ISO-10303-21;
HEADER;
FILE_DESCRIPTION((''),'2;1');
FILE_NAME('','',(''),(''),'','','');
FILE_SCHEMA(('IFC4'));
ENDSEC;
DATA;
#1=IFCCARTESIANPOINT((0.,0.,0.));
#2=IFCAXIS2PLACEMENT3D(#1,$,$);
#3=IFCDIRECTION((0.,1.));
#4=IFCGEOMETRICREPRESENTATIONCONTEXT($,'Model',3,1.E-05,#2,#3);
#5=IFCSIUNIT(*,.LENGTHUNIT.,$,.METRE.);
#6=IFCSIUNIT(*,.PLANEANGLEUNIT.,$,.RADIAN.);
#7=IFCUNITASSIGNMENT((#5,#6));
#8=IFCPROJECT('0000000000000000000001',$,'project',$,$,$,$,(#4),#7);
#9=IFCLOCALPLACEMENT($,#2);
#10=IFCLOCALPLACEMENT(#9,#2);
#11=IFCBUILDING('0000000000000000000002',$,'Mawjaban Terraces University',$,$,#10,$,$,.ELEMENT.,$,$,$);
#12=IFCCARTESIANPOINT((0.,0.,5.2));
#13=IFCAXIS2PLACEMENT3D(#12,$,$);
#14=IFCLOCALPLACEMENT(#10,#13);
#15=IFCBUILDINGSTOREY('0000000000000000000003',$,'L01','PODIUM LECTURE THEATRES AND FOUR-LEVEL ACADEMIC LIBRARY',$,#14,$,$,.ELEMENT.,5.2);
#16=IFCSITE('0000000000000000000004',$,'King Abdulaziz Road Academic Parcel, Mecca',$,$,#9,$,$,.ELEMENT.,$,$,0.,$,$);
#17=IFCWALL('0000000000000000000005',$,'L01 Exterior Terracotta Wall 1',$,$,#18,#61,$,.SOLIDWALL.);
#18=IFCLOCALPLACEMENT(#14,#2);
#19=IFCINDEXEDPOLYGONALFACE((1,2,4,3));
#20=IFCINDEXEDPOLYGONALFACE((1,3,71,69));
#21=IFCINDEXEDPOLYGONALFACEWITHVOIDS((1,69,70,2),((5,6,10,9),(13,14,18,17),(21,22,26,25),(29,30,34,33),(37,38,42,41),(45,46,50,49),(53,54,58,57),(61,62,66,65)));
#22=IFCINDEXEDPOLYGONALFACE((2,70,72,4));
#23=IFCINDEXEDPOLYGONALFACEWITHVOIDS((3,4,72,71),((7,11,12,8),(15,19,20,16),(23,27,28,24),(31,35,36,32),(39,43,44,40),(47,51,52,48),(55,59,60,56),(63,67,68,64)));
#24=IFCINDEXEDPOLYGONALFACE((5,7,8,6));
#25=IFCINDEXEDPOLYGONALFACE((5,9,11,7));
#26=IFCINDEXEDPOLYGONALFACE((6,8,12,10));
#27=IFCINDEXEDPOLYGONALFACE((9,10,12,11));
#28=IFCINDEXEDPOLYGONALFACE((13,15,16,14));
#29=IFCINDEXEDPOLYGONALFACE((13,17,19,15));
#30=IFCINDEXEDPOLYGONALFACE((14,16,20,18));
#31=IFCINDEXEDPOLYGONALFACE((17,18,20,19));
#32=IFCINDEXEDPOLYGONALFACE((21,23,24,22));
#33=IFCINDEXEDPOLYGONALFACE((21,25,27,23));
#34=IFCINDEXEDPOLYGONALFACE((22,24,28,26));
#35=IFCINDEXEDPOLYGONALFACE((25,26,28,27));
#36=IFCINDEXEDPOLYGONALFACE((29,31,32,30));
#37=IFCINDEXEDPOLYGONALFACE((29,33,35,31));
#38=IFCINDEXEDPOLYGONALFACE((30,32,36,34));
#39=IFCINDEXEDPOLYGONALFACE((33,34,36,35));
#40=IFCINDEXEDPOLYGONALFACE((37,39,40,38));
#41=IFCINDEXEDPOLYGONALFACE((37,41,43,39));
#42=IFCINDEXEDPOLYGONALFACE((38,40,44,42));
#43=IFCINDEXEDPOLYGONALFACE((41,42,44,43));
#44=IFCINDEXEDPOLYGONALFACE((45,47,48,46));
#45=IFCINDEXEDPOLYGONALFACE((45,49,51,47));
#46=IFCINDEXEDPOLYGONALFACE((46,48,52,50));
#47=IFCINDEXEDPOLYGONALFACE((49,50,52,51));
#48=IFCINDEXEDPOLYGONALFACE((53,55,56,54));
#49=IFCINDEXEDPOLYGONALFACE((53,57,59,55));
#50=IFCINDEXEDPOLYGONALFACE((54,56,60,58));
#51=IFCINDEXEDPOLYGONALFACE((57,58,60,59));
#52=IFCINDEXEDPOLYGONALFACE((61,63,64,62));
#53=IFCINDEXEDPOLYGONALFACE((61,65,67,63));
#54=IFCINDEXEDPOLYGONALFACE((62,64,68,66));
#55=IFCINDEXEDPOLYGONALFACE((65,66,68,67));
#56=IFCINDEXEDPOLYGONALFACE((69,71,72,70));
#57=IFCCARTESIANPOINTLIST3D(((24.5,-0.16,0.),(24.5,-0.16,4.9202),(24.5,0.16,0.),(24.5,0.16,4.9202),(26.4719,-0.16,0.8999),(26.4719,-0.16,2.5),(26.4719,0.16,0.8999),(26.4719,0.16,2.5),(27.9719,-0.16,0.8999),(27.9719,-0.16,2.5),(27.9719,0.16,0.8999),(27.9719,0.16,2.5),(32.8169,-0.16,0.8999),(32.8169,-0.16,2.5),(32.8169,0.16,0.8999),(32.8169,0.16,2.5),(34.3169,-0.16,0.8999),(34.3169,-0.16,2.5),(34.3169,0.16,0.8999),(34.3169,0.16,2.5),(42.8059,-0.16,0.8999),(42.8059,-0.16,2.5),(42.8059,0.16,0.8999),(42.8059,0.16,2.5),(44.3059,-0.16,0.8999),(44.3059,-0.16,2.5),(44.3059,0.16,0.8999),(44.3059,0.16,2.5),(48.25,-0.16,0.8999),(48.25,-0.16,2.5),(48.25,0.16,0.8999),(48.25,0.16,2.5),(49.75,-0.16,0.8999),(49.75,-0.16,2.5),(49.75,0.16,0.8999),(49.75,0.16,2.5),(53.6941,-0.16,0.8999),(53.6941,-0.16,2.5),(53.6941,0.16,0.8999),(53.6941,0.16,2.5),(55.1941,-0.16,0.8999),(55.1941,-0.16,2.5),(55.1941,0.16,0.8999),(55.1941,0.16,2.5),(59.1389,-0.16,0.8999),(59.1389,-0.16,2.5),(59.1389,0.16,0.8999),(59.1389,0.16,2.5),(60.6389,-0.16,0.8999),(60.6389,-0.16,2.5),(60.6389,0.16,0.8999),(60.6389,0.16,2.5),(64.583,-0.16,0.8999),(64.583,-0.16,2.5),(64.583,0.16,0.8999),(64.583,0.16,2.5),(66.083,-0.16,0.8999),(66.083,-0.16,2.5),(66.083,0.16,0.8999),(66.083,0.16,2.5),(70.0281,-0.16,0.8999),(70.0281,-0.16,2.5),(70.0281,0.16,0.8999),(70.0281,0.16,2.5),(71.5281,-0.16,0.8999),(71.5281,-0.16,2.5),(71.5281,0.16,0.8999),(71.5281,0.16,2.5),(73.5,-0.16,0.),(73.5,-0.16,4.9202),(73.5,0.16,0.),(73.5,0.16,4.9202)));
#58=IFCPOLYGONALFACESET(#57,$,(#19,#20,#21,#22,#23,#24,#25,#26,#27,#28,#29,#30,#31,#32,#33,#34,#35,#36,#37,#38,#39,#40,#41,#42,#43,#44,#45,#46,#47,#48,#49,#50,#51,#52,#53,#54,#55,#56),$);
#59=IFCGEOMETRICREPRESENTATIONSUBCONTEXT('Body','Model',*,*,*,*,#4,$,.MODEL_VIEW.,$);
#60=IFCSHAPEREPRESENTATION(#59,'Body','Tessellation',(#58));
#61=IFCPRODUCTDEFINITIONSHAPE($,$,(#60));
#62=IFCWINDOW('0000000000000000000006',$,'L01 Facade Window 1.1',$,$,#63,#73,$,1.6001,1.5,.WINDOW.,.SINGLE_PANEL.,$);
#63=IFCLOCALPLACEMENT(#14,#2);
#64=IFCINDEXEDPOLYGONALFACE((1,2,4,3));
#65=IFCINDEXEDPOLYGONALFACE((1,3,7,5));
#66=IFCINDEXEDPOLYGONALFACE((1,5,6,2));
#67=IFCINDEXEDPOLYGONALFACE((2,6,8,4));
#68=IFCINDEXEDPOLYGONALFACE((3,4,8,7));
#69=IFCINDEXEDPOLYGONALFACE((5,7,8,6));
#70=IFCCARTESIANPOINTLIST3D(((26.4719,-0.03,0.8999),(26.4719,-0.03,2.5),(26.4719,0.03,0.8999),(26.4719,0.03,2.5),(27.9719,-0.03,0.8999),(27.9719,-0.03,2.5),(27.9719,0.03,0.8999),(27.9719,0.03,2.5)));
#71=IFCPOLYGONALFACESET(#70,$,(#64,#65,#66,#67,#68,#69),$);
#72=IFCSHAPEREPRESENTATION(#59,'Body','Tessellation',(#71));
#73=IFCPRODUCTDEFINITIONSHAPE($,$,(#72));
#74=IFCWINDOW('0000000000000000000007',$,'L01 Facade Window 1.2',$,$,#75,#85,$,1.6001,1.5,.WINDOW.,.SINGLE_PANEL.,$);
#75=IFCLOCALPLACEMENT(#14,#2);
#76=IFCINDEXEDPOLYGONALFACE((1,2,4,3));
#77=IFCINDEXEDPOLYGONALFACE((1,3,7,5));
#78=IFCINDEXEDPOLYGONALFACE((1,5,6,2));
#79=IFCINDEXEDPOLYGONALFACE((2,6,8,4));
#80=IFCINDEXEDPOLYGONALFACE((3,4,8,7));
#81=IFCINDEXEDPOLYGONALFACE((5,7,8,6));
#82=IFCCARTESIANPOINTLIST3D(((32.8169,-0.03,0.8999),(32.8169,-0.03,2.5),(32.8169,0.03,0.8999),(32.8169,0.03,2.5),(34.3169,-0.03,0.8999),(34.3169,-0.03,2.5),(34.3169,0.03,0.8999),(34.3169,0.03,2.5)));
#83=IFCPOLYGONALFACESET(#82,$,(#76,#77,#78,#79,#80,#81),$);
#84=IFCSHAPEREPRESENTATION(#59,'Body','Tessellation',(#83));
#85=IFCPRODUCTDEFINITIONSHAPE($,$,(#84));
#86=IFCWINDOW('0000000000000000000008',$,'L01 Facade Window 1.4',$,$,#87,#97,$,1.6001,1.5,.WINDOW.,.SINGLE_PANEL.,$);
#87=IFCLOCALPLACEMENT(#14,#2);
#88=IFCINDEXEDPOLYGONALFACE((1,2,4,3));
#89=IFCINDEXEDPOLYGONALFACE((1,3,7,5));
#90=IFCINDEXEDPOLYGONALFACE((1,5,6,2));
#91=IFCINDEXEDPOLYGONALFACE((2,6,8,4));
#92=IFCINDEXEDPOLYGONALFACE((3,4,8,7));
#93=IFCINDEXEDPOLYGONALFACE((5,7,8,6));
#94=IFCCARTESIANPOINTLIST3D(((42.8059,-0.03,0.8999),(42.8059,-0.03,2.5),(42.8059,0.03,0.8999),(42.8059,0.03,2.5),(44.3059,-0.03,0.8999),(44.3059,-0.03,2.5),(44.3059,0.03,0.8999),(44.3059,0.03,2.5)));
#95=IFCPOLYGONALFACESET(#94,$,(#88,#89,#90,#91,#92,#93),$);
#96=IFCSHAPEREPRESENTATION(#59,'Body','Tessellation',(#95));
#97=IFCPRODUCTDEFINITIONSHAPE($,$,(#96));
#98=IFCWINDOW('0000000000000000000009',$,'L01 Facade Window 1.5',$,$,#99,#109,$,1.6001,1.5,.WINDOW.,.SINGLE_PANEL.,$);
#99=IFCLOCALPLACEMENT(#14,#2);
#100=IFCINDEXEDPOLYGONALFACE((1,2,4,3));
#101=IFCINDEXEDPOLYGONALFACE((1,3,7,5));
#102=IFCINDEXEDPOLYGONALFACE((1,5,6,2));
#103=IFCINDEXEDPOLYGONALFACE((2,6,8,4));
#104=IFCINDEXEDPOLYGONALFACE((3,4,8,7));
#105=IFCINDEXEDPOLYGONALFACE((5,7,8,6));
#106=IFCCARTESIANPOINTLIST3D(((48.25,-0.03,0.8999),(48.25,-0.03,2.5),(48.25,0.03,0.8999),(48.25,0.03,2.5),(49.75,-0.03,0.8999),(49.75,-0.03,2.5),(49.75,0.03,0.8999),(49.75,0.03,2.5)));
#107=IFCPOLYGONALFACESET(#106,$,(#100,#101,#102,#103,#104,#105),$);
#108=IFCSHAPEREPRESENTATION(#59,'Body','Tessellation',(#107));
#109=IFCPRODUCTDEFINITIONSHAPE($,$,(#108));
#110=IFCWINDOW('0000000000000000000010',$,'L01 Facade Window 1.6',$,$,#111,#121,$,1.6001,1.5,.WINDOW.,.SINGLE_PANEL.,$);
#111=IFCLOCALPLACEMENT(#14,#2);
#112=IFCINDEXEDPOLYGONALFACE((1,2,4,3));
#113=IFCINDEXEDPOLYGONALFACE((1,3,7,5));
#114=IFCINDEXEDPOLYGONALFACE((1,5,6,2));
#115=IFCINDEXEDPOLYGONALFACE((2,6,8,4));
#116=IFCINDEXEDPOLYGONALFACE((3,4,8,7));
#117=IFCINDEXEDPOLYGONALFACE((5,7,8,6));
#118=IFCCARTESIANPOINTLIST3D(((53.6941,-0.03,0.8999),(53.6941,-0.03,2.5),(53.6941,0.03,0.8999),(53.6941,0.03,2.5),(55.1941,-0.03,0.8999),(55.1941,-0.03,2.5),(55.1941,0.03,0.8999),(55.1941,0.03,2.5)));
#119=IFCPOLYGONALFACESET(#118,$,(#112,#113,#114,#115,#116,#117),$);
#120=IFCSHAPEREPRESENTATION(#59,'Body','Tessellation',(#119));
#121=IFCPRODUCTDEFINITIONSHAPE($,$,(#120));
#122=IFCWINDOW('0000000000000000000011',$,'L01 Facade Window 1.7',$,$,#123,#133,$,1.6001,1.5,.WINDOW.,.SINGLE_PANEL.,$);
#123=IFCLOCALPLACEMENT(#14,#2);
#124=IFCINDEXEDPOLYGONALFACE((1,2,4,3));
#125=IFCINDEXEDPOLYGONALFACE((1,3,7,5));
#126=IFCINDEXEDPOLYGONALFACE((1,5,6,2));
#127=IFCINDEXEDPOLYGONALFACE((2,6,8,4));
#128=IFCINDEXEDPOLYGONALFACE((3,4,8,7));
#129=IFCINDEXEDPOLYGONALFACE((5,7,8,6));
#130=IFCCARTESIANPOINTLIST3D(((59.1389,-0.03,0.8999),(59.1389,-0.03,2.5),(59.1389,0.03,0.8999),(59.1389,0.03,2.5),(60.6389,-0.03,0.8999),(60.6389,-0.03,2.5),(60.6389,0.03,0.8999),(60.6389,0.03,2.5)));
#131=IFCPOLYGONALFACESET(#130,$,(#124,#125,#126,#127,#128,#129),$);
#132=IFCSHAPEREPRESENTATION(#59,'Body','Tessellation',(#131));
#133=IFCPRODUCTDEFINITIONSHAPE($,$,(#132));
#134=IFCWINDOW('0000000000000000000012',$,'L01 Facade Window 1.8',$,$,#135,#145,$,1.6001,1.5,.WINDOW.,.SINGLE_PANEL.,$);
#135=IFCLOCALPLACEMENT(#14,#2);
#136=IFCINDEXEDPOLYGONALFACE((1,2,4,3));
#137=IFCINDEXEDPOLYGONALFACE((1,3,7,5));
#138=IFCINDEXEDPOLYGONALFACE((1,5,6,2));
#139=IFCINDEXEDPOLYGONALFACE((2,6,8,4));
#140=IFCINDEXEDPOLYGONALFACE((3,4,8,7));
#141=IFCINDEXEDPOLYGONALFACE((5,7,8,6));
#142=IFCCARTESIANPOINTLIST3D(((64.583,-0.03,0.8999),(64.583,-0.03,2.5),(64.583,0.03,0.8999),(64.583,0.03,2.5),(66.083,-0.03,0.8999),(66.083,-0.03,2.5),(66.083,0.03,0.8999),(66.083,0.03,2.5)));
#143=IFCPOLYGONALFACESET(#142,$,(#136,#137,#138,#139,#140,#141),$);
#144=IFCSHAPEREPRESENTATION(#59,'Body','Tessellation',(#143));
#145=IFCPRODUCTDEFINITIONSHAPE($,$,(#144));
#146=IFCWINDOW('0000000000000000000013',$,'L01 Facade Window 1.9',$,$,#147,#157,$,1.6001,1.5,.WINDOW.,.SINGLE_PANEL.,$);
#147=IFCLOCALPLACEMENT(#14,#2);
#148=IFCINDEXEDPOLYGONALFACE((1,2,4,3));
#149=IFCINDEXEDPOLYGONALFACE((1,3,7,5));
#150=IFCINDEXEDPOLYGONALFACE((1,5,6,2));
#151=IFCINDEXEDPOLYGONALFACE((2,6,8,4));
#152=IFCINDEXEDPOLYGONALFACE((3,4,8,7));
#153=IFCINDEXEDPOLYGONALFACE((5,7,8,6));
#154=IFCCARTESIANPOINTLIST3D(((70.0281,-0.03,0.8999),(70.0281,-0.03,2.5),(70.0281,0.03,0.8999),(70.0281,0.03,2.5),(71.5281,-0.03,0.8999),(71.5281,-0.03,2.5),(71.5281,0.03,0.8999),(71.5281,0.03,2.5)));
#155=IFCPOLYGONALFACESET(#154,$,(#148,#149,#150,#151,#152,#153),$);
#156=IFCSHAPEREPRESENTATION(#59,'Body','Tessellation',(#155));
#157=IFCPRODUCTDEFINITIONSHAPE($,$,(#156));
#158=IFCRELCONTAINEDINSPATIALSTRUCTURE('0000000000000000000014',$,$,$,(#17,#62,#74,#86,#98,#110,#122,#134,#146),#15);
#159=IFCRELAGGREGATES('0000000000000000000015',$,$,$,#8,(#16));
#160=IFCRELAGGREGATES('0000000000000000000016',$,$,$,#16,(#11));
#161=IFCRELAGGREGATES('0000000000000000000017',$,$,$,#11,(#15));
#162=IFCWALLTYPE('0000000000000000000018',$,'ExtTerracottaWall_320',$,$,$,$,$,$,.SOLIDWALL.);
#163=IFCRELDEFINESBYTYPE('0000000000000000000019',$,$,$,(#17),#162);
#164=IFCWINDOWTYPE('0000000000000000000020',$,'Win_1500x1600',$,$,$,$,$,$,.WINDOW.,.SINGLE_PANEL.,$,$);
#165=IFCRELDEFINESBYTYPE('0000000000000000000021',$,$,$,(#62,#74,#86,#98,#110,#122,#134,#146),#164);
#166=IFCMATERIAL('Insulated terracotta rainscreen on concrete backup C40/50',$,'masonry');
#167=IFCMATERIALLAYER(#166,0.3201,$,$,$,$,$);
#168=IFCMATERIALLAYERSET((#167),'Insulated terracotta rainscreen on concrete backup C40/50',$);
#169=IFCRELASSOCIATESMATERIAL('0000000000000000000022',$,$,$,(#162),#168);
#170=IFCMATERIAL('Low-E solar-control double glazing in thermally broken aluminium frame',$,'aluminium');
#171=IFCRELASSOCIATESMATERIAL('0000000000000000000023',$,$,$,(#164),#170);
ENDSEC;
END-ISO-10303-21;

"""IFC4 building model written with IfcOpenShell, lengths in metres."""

from ifc_helpers import new_model, si_unit, direction, frame, frame_2d, origin, place, context, subcontext, project, spatial, rectangle, extrude, material, layer, layer_set, type_object, element, fill, save


model = new_model("IFC4")

# Units and contexts
model_context = context("Model", 3, precision=1e-05, world=origin(), true_north=direction((0.0, 1.0)))
body_context = subcontext(model_context, "Body", "Model", "MODEL_VIEW")
ifc_project = project(units=[si_unit("LENGTHUNIT", "METRE"), si_unit("PLANEANGLEUNIT", "RADIAN")], contexts=[model_context])

# Site, building, storey
site_placement = place(None, origin())
site = spatial("IfcSite", under=ifc_project, at=site_placement, Name="King Abdulaziz Road Academic Parcel, Mecca", CompositionType="ELEMENT", RefElevation=0.0)
building_placement = place(site_placement, origin())
building = spatial("IfcBuilding", under=site, at=building_placement, Name="Mawjaban Terraces University", CompositionType="ELEMENT")
storey_placement = place(building_placement, frame((0.0, 0.0, 5.2)))
storey = spatial("IfcBuildingStorey", under=building, at=storey_placement, Name="L01", Description="PODIUM LECTURE THEATRES AND FOUR-LEVEL ACADEMIC LIBRARY", CompositionType="ELEMENT", Elevation=5.2)

# Wall, openings, windows
ifc_material_1 = material(Name="Insulated terracotta rainscreen on concrete backup C40/50", Category="masonry")
ifc_layer_1 = layer(ifc_material_1, 0.3201)
ifc_layer_set_1 = layer_set([ifc_layer_1], Name="Insulated terracotta rainscreen on concrete backup C40/50")
wall_type_1 = type_object("IfcWallType", Name="ExtTerracottaWall_320", PredefinedType="SOLIDWALL", material=ifc_layer_set_1)
wall_1_placement = place(storey_placement, frame((24.5, 0.0, 0.0), z_axis=(0.0, 0.0, 1.0), x_axis=(1.0, 0.0, 0.0)))
wall_1 = element("IfcWall", 1, at=wall_1_placement, inside=storey, type_object=wall_type_1, Name="L01 Exterior Terracotta Wall 1", PredefinedType="SOLIDWALL", context=body_context, shape_type="SweptSolid", body=[
    extrude(rectangle(XDim=49.0, YDim=0.3201, at=frame_2d((24.5, 0.0))), origin(), (0.0, 0.0, 1.0), 4.9202),
])
opening_1_placement = place(wall_1_placement, frame((1.9719, 0.0, 0.8999)))
opening_1 = element("IfcOpeningElement", 2, at=opening_1_placement, cuts=wall_1, PredefinedType="OPENING", context=body_context, shape_type="SweptSolid", body=[
    extrude(rectangle(XDim=1.5, YDim=1.6001, at=frame_2d((0.75, 0.8))), frame((0.0, 0.1699, 0.0), z_axis=(0.0, -1.0, 0.0), x_axis=(1.0, 0.0, 0.0)), (0.0, 0.0, 1.0), 0.3401),
])
opening_2_placement = place(wall_1_placement, frame((8.3169, 0.0, 0.8999)))
opening_2 = element("IfcOpeningElement", 3, at=opening_2_placement, cuts=wall_1, PredefinedType="OPENING", context=body_context, shape_type="SweptSolid", body=[
    extrude(rectangle(XDim=1.5, YDim=1.6001, at=frame_2d((0.75, 0.8))), frame((0.0, 0.1699, 0.0), z_axis=(0.0, -1.0, 0.0), x_axis=(1.0, 0.0, 0.0)), (0.0, 0.0, 1.0), 0.3401),
])
opening_3_placement = place(wall_1_placement, frame((18.3059, 0.0, 0.8999)))
opening_3 = element("IfcOpeningElement", 4, at=opening_3_placement, cuts=wall_1, PredefinedType="OPENING", context=body_context, shape_type="SweptSolid", body=[
    extrude(rectangle(XDim=1.5, YDim=1.6001, at=frame_2d((0.75, 0.8))), frame((0.0, 0.1699, 0.0), z_axis=(0.0, -1.0, 0.0), x_axis=(1.0, 0.0, 0.0)), (0.0, 0.0, 1.0), 0.3401),
])
opening_4_placement = place(wall_1_placement, frame((23.75, 0.0, 0.8999)))
opening_4 = element("IfcOpeningElement", 5, at=opening_4_placement, cuts=wall_1, PredefinedType="OPENING", context=body_context, shape_type="SweptSolid", body=[
    extrude(rectangle(XDim=1.5, YDim=1.6001, at=frame_2d((0.75, 0.8))), frame((0.0, 0.1699, 0.0), z_axis=(0.0, -1.0, 0.0), x_axis=(1.0, 0.0, 0.0)), (0.0, 0.0, 1.0), 0.3401),
])
opening_5_placement = place(wall_1_placement, frame((29.1941, 0.0, 0.8999)))
opening_5 = element("IfcOpeningElement", 6, at=opening_5_placement, cuts=wall_1, PredefinedType="OPENING", context=body_context, shape_type="SweptSolid", body=[
    extrude(rectangle(XDim=1.5, YDim=1.6001, at=frame_2d((0.75, 0.8))), frame((0.0, 0.1699, 0.0), z_axis=(0.0, -1.0, 0.0), x_axis=(1.0, 0.0, 0.0)), (0.0, 0.0, 1.0), 0.3401),
])
opening_6_placement = place(wall_1_placement, frame((34.6389, 0.0, 0.8999)))
opening_6 = element("IfcOpeningElement", 7, at=opening_6_placement, cuts=wall_1, PredefinedType="OPENING", context=body_context, shape_type="SweptSolid", body=[
    extrude(rectangle(XDim=1.5, YDim=1.6001, at=frame_2d((0.75, 0.8))), frame((0.0, 0.1699, 0.0), z_axis=(0.0, -1.0, 0.0), x_axis=(1.0, 0.0, 0.0)), (0.0, 0.0, 1.0), 0.3401),
])
opening_7_placement = place(wall_1_placement, frame((40.083, 0.0, 0.8999)))
opening_7 = element("IfcOpeningElement", 8, at=opening_7_placement, cuts=wall_1, PredefinedType="OPENING", context=body_context, shape_type="SweptSolid", body=[
    extrude(rectangle(XDim=1.5, YDim=1.6001, at=frame_2d((0.75, 0.8))), frame((0.0, 0.1699, 0.0), z_axis=(0.0, -1.0, 0.0), x_axis=(1.0, 0.0, 0.0)), (0.0, 0.0, 1.0), 0.3401),
])
opening_8_placement = place(wall_1_placement, frame((45.5281, 0.0, 0.8999)))
opening_8 = element("IfcOpeningElement", 9, at=opening_8_placement, cuts=wall_1, PredefinedType="OPENING", context=body_context, shape_type="SweptSolid", body=[
    extrude(rectangle(XDim=1.5, YDim=1.6001, at=frame_2d((0.75, 0.8))), frame((0.0, 0.1699, 0.0), z_axis=(0.0, -1.0, 0.0), x_axis=(1.0, 0.0, 0.0)), (0.0, 0.0, 1.0), 0.3401),
])
ifc_material_2 = material(Name="Low-E solar-control double glazing in thermally broken aluminium frame", Category="aluminium")
window_type = type_object("IfcWindowType", Name="Win_1500x1600", PartitioningType="SINGLE_PANEL", PredefinedType="WINDOW", material=ifc_material_2)
window_1_placement = place(opening_1_placement, origin())
window_1 = element("IfcWindow", 10, at=window_1_placement, inside=storey, type_object=window_type, Name="L01 Facade Window 1.1", OverallHeight=1.6001, OverallWidth=1.5, PartitioningType="SINGLE_PANEL", PredefinedType="WINDOW", context=body_context, shape_type="SweptSolid", body=[
    extrude(rectangle(XDim=1.5, YDim=1.6001, at=frame_2d((0.75, 0.8))), frame((0.0, 0.03, 0.0), z_axis=(0.0, -1.0, 0.0), x_axis=(1.0, 0.0, 0.0)), (0.0, 0.0, 1.0), 0.0601),
])
fill(opening_1, window_1)
window_2_placement = place(opening_2_placement, origin())
window_2 = element("IfcWindow", 11, at=window_2_placement, inside=storey, type_object=window_type, Name="L01 Facade Window 1.2", OverallHeight=1.6001, OverallWidth=1.5, PartitioningType="SINGLE_PANEL", PredefinedType="WINDOW", context=body_context, shape_type="SweptSolid", body=[
    extrude(rectangle(XDim=1.5, YDim=1.6001, at=frame_2d((0.75, 0.8))), frame((0.0, 0.03, 0.0), z_axis=(0.0, -1.0, 0.0), x_axis=(1.0, 0.0, 0.0)), (0.0, 0.0, 1.0), 0.0601),
])
fill(opening_2, window_2)
window_3_placement = place(opening_3_placement, origin())
window_3 = element("IfcWindow", 12, at=window_3_placement, inside=storey, type_object=window_type, Name="L01 Facade Window 1.4", OverallHeight=1.6001, OverallWidth=1.5, PartitioningType="SINGLE_PANEL", PredefinedType="WINDOW", context=body_context, shape_type="SweptSolid", body=[
    extrude(rectangle(XDim=1.5, YDim=1.6001, at=frame_2d((0.75, 0.8))), frame((0.0, 0.03, 0.0), z_axis=(0.0, -1.0, 0.0), x_axis=(1.0, 0.0, 0.0)), (0.0, 0.0, 1.0), 0.0601),
])
fill(opening_3, window_3)
window_4_placement = place(opening_4_placement, origin())
window_4 = element("IfcWindow", 13, at=window_4_placement, inside=storey, type_object=window_type, Name="L01 Facade Window 1.5", OverallHeight=1.6001, OverallWidth=1.5, PartitioningType="SINGLE_PANEL", PredefinedType="WINDOW", context=body_context, shape_type="SweptSolid", body=[
    extrude(rectangle(XDim=1.5, YDim=1.6001, at=frame_2d((0.75, 0.8))), frame((0.0, 0.03, 0.0), z_axis=(0.0, -1.0, 0.0), x_axis=(1.0, 0.0, 0.0)), (0.0, 0.0, 1.0), 0.0601),
])
fill(opening_4, window_4)
window_5_placement = place(opening_5_placement, origin())
window_5 = element("IfcWindow", 14, at=window_5_placement, inside=storey, type_object=window_type, Name="L01 Facade Window 1.6", OverallHeight=1.6001, OverallWidth=1.5, PartitioningType="SINGLE_PANEL", PredefinedType="WINDOW", context=body_context, shape_type="SweptSolid", body=[
    extrude(rectangle(XDim=1.5, YDim=1.6001, at=frame_2d((0.75, 0.8))), frame((0.0, 0.03, 0.0), z_axis=(0.0, -1.0, 0.0), x_axis=(1.0, 0.0, 0.0)), (0.0, 0.0, 1.0), 0.0601),
])
fill(opening_5, window_5)
window_6_placement = place(opening_6_placement, origin())
window_6 = element("IfcWindow", 15, at=window_6_placement, inside=storey, type_object=window_type, Name="L01 Facade Window 1.7", OverallHeight=1.6001, OverallWidth=1.5, PartitioningType="SINGLE_PANEL", PredefinedType="WINDOW", context=body_context, shape_type="SweptSolid", body=[
    extrude(rectangle(XDim=1.5, YDim=1.6001, at=frame_2d((0.75, 0.8))), frame((0.0, 0.03, 0.0), z_axis=(0.0, -1.0, 0.0), x_axis=(1.0, 0.0, 0.0)), (0.0, 0.0, 1.0), 0.0601),
])
fill(opening_6, window_6)
window_7_placement = place(opening_7_placement, origin())
window_7 = element("IfcWindow", 16, at=window_7_placement, inside=storey, type_object=window_type, Name="L01 Facade Window 1.8", OverallHeight=1.6001, OverallWidth=1.5, PartitioningType="SINGLE_PANEL", PredefinedType="WINDOW", context=body_context, shape_type="SweptSolid", body=[
    extrude(rectangle(XDim=1.5, YDim=1.6001, at=frame_2d((0.75, 0.8))), frame((0.0, 0.03, 0.0), z_axis=(0.0, -1.0, 0.0), x_axis=(1.0, 0.0, 0.0)), (0.0, 0.0, 1.0), 0.0601),
])
fill(opening_7, window_7)
window_8_placement = place(opening_8_placement, origin())
window_8 = element("IfcWindow", 17, at=window_8_placement, inside=storey, type_object=window_type, Name="L01 Facade Window 1.9", OverallHeight=1.6001, OverallWidth=1.5, PartitioningType="SINGLE_PANEL", PredefinedType="WINDOW", context=body_context, shape_type="SweptSolid", body=[
    extrude(rectangle(XDim=1.5, YDim=1.6001, at=frame_2d((0.75, 0.8))), frame((0.0, 0.03, 0.0), z_axis=(0.0, -1.0, 0.0), x_axis=(1.0, 0.0, 0.0)), (0.0, 0.0, 1.0), 0.0601),
])
fill(opening_8, window_8)

save(model, "model.ifc")
